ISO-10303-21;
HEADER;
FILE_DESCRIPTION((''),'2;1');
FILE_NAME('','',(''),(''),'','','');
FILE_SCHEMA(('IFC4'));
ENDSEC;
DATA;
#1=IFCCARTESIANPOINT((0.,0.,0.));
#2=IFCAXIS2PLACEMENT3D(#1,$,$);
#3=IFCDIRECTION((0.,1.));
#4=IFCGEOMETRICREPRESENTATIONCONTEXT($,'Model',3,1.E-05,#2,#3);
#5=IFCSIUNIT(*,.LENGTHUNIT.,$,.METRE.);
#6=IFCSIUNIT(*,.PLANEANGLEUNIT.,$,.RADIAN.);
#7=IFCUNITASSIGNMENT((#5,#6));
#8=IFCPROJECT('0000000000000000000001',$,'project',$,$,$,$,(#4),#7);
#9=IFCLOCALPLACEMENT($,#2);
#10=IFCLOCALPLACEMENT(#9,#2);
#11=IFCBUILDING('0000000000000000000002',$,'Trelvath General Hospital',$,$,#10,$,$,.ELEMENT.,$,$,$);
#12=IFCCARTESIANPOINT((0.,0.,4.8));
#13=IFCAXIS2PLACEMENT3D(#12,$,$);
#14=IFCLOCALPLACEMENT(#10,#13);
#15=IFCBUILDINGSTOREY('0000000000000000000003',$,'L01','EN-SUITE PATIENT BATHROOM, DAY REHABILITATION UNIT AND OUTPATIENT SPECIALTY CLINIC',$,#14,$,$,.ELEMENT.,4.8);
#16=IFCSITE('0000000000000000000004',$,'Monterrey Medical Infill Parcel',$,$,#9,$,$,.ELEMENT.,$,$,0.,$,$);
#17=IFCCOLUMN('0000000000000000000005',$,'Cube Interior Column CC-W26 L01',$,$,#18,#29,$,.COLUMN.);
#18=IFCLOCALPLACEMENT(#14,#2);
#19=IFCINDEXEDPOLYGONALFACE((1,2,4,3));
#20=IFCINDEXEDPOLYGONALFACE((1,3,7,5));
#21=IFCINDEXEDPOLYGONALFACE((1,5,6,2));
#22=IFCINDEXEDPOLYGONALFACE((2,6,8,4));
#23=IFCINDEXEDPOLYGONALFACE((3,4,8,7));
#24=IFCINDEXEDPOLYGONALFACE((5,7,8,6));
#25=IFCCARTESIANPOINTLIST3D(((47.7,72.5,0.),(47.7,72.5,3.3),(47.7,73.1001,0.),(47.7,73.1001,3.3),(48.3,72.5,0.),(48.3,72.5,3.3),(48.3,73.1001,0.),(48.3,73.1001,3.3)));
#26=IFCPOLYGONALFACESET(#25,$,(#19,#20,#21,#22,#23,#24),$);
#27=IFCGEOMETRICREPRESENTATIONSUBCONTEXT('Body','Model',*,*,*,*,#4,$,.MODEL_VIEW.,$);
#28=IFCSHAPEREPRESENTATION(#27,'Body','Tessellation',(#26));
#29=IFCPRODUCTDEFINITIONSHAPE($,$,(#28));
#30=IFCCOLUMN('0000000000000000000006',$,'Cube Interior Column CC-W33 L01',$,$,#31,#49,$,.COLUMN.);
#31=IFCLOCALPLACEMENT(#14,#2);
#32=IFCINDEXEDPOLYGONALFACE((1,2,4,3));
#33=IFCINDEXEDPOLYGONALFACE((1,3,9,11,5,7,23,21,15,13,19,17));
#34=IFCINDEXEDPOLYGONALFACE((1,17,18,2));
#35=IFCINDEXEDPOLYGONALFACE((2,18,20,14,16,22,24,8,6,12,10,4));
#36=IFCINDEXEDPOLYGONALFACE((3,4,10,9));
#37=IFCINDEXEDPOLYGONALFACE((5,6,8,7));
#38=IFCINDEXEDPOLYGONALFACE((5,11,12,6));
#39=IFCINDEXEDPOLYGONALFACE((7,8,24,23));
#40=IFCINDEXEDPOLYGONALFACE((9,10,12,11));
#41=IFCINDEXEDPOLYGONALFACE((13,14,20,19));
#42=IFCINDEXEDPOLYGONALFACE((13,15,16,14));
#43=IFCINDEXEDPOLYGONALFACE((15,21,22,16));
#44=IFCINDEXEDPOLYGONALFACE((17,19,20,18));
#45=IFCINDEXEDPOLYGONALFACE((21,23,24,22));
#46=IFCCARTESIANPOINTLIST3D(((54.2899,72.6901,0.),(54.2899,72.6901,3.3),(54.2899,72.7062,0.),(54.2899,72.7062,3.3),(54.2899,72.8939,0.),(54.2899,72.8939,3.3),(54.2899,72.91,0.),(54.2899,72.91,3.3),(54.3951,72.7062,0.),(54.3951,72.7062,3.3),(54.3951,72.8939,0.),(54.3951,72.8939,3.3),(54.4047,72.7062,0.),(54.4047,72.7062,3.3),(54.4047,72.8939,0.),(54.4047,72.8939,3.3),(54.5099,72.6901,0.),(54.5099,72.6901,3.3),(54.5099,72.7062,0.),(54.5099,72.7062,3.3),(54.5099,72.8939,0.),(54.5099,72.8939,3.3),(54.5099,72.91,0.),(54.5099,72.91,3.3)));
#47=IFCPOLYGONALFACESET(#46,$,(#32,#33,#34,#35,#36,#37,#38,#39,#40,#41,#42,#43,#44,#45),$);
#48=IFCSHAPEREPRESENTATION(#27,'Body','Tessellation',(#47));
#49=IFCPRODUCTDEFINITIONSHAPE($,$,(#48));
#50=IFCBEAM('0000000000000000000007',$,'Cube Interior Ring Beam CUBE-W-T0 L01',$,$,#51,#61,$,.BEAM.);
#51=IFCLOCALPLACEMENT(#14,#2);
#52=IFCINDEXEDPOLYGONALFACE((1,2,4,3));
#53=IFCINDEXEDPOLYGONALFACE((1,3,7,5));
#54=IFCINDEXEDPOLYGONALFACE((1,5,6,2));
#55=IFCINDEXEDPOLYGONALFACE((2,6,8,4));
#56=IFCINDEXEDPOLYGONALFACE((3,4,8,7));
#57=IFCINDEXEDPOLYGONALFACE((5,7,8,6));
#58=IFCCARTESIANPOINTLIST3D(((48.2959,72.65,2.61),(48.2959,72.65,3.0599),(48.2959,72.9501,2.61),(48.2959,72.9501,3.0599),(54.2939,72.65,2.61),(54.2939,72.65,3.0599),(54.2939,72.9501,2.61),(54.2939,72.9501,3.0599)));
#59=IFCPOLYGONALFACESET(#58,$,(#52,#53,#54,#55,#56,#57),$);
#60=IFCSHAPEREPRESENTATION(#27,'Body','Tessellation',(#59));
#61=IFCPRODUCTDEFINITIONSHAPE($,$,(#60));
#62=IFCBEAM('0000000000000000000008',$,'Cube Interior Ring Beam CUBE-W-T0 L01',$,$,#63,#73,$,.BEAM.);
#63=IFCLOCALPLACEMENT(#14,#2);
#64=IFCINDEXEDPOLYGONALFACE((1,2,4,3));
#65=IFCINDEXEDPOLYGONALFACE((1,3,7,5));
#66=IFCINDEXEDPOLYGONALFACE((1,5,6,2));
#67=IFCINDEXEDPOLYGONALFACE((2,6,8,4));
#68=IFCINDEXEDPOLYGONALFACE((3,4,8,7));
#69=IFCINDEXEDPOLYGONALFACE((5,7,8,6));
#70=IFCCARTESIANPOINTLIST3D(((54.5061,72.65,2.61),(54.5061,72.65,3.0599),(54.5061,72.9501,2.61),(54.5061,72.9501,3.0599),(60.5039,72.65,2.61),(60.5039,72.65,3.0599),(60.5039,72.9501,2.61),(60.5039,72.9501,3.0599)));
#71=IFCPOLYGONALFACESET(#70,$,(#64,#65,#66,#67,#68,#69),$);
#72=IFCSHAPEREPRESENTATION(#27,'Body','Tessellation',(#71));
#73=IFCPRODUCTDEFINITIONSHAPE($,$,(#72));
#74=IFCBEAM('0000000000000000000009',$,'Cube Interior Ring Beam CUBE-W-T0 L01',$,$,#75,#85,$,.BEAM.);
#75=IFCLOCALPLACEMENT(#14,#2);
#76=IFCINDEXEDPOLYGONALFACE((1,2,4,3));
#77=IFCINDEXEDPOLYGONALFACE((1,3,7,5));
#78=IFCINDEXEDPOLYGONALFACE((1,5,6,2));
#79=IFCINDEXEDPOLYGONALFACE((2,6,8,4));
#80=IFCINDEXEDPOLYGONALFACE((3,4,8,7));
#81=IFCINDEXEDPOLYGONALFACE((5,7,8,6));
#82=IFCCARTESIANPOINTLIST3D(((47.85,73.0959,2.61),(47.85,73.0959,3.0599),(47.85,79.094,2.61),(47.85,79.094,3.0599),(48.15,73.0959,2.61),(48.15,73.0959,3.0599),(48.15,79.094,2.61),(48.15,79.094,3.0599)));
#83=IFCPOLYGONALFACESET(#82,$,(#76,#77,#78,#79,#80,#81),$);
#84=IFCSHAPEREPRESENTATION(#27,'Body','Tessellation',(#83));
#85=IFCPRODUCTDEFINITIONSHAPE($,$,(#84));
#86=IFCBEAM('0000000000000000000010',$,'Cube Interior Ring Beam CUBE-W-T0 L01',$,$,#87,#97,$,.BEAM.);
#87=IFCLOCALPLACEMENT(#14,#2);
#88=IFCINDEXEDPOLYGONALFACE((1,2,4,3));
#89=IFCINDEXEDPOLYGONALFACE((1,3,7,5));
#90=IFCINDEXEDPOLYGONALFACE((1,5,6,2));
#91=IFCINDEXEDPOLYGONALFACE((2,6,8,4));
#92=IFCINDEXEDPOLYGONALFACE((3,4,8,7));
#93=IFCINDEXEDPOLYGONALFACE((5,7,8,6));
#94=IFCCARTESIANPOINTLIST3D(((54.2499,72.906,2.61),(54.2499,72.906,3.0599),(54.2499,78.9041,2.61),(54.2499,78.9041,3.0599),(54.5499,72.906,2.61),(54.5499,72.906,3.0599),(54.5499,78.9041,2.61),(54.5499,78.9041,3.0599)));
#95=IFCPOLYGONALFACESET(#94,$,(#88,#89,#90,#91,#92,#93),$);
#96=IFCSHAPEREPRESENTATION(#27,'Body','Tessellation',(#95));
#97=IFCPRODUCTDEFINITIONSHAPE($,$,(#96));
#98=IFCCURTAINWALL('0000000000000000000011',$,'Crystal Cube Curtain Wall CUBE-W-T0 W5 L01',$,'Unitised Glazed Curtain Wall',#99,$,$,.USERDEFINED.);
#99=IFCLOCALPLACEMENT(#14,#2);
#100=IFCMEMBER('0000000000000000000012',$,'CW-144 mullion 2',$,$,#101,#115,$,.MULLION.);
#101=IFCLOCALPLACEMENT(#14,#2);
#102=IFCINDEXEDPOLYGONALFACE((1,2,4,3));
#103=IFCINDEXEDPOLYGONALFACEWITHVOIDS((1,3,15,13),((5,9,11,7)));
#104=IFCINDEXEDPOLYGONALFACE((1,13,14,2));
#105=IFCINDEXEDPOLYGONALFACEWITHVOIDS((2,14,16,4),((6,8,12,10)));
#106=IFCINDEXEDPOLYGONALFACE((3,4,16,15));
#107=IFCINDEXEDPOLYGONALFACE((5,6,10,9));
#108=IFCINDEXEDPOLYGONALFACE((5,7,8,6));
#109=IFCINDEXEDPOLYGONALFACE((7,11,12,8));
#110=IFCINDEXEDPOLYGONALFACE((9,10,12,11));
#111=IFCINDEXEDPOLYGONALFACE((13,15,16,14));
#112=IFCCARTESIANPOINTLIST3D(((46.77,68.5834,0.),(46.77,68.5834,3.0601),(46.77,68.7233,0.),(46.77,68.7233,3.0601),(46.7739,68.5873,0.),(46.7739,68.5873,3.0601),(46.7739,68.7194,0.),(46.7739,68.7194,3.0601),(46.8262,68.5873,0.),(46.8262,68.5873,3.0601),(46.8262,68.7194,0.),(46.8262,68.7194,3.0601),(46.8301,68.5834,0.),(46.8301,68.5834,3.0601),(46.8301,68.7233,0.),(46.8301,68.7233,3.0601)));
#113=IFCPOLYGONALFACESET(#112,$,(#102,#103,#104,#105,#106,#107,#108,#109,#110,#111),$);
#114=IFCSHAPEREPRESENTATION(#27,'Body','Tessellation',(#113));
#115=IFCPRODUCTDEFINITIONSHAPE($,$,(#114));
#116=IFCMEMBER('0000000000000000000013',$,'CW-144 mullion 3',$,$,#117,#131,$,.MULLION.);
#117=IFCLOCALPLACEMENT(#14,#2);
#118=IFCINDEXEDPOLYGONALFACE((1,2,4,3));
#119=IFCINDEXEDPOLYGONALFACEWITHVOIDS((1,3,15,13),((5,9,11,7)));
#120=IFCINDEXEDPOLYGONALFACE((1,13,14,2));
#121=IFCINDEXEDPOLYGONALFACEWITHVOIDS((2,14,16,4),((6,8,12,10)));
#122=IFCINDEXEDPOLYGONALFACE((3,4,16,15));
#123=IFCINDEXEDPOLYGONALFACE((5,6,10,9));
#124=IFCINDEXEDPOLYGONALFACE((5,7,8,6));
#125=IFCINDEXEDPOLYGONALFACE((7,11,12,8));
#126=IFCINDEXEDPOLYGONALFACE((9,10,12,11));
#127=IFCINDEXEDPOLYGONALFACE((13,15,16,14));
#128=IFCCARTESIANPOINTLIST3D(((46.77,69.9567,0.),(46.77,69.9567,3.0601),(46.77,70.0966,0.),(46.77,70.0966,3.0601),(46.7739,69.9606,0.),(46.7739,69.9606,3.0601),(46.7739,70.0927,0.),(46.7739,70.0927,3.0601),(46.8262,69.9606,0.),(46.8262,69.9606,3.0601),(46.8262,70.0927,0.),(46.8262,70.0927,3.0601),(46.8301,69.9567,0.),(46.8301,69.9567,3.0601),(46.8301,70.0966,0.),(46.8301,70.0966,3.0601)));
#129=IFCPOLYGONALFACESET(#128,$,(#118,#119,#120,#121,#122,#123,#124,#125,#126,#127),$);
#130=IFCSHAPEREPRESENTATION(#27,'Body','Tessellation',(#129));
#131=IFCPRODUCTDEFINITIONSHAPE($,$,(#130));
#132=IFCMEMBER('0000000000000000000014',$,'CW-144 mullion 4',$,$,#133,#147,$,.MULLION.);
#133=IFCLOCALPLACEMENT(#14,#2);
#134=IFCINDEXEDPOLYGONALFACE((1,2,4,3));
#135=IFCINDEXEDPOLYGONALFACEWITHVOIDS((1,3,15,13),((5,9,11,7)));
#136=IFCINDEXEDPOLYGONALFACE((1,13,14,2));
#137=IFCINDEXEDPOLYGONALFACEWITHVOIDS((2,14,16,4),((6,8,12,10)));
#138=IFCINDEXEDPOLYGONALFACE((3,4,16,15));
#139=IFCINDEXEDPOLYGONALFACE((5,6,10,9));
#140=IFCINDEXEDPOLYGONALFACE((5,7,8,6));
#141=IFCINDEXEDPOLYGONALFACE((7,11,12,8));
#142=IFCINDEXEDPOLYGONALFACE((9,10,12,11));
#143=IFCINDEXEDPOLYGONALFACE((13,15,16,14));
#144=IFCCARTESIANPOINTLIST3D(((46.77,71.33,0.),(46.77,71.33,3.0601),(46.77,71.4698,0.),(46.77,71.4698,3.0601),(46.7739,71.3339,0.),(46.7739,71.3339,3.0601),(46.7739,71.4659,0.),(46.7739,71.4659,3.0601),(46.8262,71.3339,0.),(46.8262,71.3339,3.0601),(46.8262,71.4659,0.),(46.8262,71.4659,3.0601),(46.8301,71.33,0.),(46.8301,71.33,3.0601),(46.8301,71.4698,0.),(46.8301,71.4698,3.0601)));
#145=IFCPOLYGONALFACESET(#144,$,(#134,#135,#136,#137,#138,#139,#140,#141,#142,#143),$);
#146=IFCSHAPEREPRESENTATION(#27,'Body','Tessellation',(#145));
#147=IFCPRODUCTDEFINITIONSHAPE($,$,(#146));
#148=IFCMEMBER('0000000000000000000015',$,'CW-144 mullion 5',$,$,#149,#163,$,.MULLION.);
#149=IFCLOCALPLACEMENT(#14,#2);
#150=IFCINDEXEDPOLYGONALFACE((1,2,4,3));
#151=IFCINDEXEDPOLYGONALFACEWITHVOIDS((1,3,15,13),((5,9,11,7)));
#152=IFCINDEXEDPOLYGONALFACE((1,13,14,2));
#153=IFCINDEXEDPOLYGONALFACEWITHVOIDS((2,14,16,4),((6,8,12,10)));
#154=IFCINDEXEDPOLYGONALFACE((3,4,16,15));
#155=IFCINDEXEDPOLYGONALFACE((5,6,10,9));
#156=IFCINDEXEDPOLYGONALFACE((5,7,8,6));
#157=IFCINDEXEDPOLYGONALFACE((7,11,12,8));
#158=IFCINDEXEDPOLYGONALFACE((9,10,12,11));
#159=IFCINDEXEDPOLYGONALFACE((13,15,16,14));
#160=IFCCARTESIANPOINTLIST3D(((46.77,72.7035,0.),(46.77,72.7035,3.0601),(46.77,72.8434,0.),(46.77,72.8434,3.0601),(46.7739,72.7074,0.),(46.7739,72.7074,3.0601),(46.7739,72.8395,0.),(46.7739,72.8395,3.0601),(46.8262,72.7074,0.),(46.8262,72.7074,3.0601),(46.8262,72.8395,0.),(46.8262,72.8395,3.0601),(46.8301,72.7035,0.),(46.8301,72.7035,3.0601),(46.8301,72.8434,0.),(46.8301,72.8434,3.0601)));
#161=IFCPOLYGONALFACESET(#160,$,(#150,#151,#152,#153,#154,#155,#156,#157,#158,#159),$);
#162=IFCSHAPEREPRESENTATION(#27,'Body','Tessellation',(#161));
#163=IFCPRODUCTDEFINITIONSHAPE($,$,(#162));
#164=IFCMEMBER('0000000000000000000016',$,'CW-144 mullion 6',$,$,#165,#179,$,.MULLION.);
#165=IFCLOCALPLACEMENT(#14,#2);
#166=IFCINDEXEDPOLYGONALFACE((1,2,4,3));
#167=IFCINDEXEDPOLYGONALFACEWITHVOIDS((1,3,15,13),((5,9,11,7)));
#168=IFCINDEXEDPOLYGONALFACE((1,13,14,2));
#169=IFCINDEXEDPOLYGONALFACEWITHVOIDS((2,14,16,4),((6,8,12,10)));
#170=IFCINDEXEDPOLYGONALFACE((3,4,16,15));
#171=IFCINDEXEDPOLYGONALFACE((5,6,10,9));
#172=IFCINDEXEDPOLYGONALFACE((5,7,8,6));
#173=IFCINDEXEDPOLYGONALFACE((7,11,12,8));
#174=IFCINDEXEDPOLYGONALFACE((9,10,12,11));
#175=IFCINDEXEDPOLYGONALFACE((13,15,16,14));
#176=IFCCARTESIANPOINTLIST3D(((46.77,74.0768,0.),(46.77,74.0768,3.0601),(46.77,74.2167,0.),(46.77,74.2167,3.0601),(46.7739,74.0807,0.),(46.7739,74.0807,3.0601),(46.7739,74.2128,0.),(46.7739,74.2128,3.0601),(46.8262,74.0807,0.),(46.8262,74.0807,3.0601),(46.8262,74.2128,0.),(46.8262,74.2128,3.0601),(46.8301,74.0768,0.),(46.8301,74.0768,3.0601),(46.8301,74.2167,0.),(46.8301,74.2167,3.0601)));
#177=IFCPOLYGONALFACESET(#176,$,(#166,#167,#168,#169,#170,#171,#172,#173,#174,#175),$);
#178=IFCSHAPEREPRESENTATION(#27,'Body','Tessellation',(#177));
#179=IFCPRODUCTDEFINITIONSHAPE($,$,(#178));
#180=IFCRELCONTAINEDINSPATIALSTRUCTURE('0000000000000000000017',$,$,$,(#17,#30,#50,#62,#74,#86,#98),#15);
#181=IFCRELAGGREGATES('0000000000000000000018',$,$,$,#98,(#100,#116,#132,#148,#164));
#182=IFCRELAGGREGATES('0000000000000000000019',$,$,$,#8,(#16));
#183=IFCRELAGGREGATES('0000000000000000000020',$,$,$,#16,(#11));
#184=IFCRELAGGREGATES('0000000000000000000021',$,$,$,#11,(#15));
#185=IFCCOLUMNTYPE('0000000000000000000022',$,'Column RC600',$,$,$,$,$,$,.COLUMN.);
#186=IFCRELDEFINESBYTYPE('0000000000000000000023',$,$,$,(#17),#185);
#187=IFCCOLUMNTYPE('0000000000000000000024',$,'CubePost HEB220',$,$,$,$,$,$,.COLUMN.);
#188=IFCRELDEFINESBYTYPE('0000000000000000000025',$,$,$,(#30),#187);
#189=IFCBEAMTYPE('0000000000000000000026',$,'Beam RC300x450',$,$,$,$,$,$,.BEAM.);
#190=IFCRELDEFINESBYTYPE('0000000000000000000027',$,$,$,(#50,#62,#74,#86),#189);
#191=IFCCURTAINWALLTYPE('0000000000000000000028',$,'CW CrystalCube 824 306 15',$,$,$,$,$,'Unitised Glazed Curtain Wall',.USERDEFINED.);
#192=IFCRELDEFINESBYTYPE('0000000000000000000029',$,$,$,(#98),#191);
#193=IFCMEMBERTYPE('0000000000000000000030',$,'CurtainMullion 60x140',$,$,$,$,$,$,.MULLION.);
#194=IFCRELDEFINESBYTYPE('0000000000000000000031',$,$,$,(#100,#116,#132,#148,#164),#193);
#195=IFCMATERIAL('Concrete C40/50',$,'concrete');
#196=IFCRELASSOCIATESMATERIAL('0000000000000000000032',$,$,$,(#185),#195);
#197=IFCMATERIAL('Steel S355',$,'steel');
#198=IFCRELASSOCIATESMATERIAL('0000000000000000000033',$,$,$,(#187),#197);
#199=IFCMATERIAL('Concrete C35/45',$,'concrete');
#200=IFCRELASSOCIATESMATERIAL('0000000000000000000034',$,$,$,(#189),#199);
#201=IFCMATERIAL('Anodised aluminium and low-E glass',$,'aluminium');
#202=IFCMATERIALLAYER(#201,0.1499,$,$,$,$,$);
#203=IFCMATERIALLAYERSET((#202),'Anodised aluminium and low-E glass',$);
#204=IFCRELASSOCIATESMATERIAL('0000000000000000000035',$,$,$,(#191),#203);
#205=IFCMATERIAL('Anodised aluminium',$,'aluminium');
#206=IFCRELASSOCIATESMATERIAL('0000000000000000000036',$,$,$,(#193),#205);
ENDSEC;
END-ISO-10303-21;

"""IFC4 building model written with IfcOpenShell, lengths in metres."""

from ifc_helpers import new_model, si_unit, direction, frame, origin, origin_2d, place, context, subcontext, project, spatial, rectangle, hollow_rectangle, i_section, extrude, material, layer, layer_set, material_profile, profile_set, type_object, element, aggregate, save


model = new_model("IFC4")

# Units and contexts
model_context = context("Model", 3, precision=1e-05, world=origin(), true_north=direction((0.0, 1.0)))
body_context = subcontext(model_context, "Body", "Model", "MODEL_VIEW")
ifc_project = project(units=[si_unit("LENGTHUNIT", "METRE"), si_unit("PLANEANGLEUNIT", "RADIAN")], contexts=[model_context])

# Site, building, storey
site_placement = place(None, origin())
site = spatial("IfcSite", under=ifc_project, at=site_placement, Name="Monterrey Medical Infill Parcel", CompositionType="ELEMENT", RefElevation=0.0)
building_placement = place(site_placement, origin())
building = spatial("IfcBuilding", under=site, at=building_placement, Name="Trelvath General Hospital", CompositionType="ELEMENT")
storey_placement = place(building_placement, frame((0.0, 0.0, 4.8)))
storey = spatial("IfcBuildingStorey", under=building, at=storey_placement, Name="L01", Description="EN-SUITE PATIENT BATHROOM, DAY REHABILITATION UNIT AND OUTPATIENT SPECIALTY CLINIC", CompositionType="ELEMENT", Elevation=4.8)

# Columns
ifc_material_1 = material(Name="Concrete C40/50", Category="concrete")
ifc_material_profile_1 = material_profile(ifc_material_1, rectangle(XDim=0.6001, YDim=0.6001, at=origin_2d()), Name="RC600x600")
ifc_profile_set_1 = profile_set([ifc_material_profile_1], Name="Concrete C40/50")
column_type_1 = type_object("IfcColumnType", Name="Column RC600", PredefinedType="COLUMN", material=ifc_profile_set_1)
column_1_placement = place(storey_placement, frame((48.0, 72.8, 0.0), z_axis=(0.0, 0.0, 1.0), x_axis=(1.0, 0.0, 0.0)))
element("IfcColumn", 1, at=column_1_placement, inside=storey, type_object=column_type_1, Name="Cube Interior Column CC-W26 L01", PredefinedType="COLUMN", context=body_context, shape_type="SweptSolid", body=[
    extrude(rectangle(XDim=0.6001, YDim=0.6001, at=origin_2d()), origin(), (0.0, 0.0, 1.0), 3.3),
])
ifc_material_2 = material(Name="Steel S355", Category="steel")
ifc_material_profile_2 = material_profile(ifc_material_2, i_section(OverallWidth=0.22, OverallDepth=0.22, WebThickness=0.0095, FlangeThickness=0.0161, at=origin_2d()), Name="HEB220")
ifc_profile_set_2 = profile_set([ifc_material_profile_2], Name="Steel S355")
column_type_2 = type_object("IfcColumnType", Name="CubePost HEB220", PredefinedType="COLUMN", material=ifc_profile_set_2)
column_2_placement = place(storey_placement, frame((54.3999, 72.8, 0.0), z_axis=(0.0, 0.0, 1.0), x_axis=(1.0, 0.0, 0.0)))
element("IfcColumn", 2, at=column_2_placement, inside=storey, type_object=column_type_2, Name="Cube Interior Column CC-W33 L01", PredefinedType="COLUMN", context=body_context, shape_type="SweptSolid", body=[
    extrude(i_section(OverallWidth=0.22, OverallDepth=0.22, WebThickness=0.0095, FlangeThickness=0.0161, at=origin_2d()), origin(), (0.0, 0.0, 1.0), 3.3),
])

# Beams
ifc_material_3 = material(Name="Concrete C35/45", Category="concrete")
ifc_material_profile_3 = material_profile(ifc_material_3, rectangle(XDim=0.3, YDim=0.45, at=origin_2d()), Name="RCB300x450")
ifc_profile_set_3 = profile_set([ifc_material_profile_3], Name="Concrete C35/45")
beam_type = type_object("IfcBeamType", Name="Beam RC300x450", PredefinedType="BEAM", material=ifc_profile_set_3)
beam_1_placement = place(storey_placement, frame((48.2959, 72.8, 2.835), z_axis=(1.0, 0.0, 0.0), x_axis=(0.0, 1.0, 0.0)))
element("IfcBeam", 3, at=beam_1_placement, inside=storey, type_object=beam_type, Name="Cube Interior Ring Beam CUBE-W-T0 L01", PredefinedType="BEAM", context=body_context, shape_type="SweptSolid", body=[
    extrude(rectangle(XDim=0.3, YDim=0.45, at=origin_2d()), origin(), (0.0, 0.0, 1.0), 5.998),
])
beam_2_placement = place(storey_placement, frame((54.5061, 72.8, 2.835), z_axis=(1.0, 0.0, 0.0), x_axis=(0.0, 1.0, 0.0)))
element("IfcBeam", 4, at=beam_2_placement, inside=storey, type_object=beam_type, Name="Cube Interior Ring Beam CUBE-W-T0 L01", PredefinedType="BEAM", context=body_context, shape_type="SweptSolid", body=[
    extrude(rectangle(XDim=0.3, YDim=0.45, at=origin_2d()), origin(), (0.0, 0.0, 1.0), 5.9978),
])
for number, where, z_axis, x_axis, name in (
    (5, (48.0, 73.0959, 2.835), (0.0, 1.0, 0.0), (-1.0, 0.0, 0.0), "Cube Interior Ring Beam CUBE-W-T0 L01"),
    (6, (54.3999, 72.906, 2.835), (0.0, 1.0, 0.0), (-1.0, 0.0, 0.0), "Cube Interior Ring Beam CUBE-W-T0 L01"),
):
    element("IfcBeam", number, at=place(storey_placement, frame(where, z_axis=z_axis, x_axis=x_axis)), inside=storey, type_object=beam_type, Name=name, PredefinedType="BEAM", context=body_context, shape_type="SweptSolid", body=[
        extrude(rectangle(XDim=0.3, YDim=0.45, at=origin_2d()), origin(), (0.0, 0.0, 1.0), 5.998),
    ])

# Curtain wall, members
ifc_material_4 = material(Name="Anodised aluminium and low-E glass", Category="aluminium")
ifc_layer_1 = layer(ifc_material_4, 0.1499)
ifc_layer_set_1 = layer_set([ifc_layer_1], Name="Anodised aluminium and low-E glass")
curtain_wall_type = type_object("IfcCurtainWallType", Name="CW CrystalCube 824 306 15", ElementType="Unitised Glazed Curtain Wall", PredefinedType="USERDEFINED", material=ifc_layer_set_1)
curtain_wall_placement = place(storey_placement, origin())
curtain_wall = element("IfcCurtainWall", 7, at=curtain_wall_placement, inside=storey, type_object=curtain_wall_type, Name="Crystal Cube Curtain Wall CUBE-W-T0 W5 L01", ObjectType="Unitised Glazed Curtain Wall", PredefinedType="USERDEFINED")
ifc_material_5 = material(Name="Anodised aluminium", Category="aluminium")
ifc_material_profile_4 = material_profile(ifc_material_5, hollow_rectangle(XDim=0.0601, YDim=0.1399, WallThickness=0.0039, at=origin_2d()), Name="RHS60x140x4")
ifc_profile_set_4 = profile_set([ifc_material_profile_4], Name="Anodised aluminium")
member_type_1 = type_object("IfcMemberType", Name="CurtainMullion 60x140", PredefinedType="MULLION", material=ifc_profile_set_4)
member_1_placement = place(storey_placement, frame((46.8, 68.6533, 0.0), z_axis=(0.0, 0.0, 1.0), x_axis=(-1.0, 0.0, 0.0)))
member_1 = element("IfcMember", 8, at=member_1_placement, type_object=member_type_1, Name="CW-144 mullion 2", PredefinedType="MULLION", context=body_context, shape_type="SweptSolid", body=[
    extrude(hollow_rectangle(XDim=0.0601, YDim=0.1399, WallThickness=0.0039, at=origin_2d()), origin(), (0.0, 0.0, 1.0), 3.0601),
])
member_2_placement = place(storey_placement, frame((46.8, 70.0266, 0.0), z_axis=(0.0, 0.0, 1.0), x_axis=(-1.0, 0.0, 0.0)))
member_2 = element("IfcMember", 9, at=member_2_placement, type_object=member_type_1, Name="CW-144 mullion 3", PredefinedType="MULLION", context=body_context, shape_type="SweptSolid", body=[
    extrude(hollow_rectangle(XDim=0.0601, YDim=0.1399, WallThickness=0.0039, at=origin_2d()), origin(), (0.0, 0.0, 1.0), 3.0601),
])
member_3_placement = place(storey_placement, frame((46.8, 71.3999, 0.0), z_axis=(0.0, 0.0, 1.0), x_axis=(-1.0, 0.0, 0.0)))
member_3 = element("IfcMember", 10, at=member_3_placement, type_object=member_type_1, Name="CW-144 mullion 4", PredefinedType="MULLION", context=body_context, shape_type="SweptSolid", body=[
    extrude(hollow_rectangle(XDim=0.0601, YDim=0.1399, WallThickness=0.0039, at=origin_2d()), origin(), (0.0, 0.0, 1.0), 3.0601),
])
member_4_placement = place(storey_placement, frame((46.8, 72.7734, 0.0), z_axis=(0.0, 0.0, 1.0), x_axis=(-1.0, 0.0, 0.0)))
member_4 = element("IfcMember", 11, at=member_4_placement, type_object=member_type_1, Name="CW-144 mullion 5", PredefinedType="MULLION", context=body_context, shape_type="SweptSolid", body=[
    extrude(hollow_rectangle(XDim=0.0601, YDim=0.1399, WallThickness=0.0039, at=origin_2d()), origin(), (0.0, 0.0, 1.0), 3.0601),
])
member_5_placement = place(storey_placement, frame((46.8, 74.1467, 0.0), z_axis=(0.0, 0.0, 1.0), x_axis=(-1.0, 0.0, 0.0)))
member_5 = element("IfcMember", 12, at=member_5_placement, type_object=member_type_1, Name="CW-144 mullion 6", PredefinedType="MULLION", context=body_context, shape_type="SweptSolid", body=[
    extrude(hollow_rectangle(XDim=0.0601, YDim=0.1399, WallThickness=0.0039, at=origin_2d()), origin(), (0.0, 0.0, 1.0), 3.0601),
])
aggregate(curtain_wall, [member_1, member_2, member_3, member_4, member_5])

save(model, "model.ifc")
